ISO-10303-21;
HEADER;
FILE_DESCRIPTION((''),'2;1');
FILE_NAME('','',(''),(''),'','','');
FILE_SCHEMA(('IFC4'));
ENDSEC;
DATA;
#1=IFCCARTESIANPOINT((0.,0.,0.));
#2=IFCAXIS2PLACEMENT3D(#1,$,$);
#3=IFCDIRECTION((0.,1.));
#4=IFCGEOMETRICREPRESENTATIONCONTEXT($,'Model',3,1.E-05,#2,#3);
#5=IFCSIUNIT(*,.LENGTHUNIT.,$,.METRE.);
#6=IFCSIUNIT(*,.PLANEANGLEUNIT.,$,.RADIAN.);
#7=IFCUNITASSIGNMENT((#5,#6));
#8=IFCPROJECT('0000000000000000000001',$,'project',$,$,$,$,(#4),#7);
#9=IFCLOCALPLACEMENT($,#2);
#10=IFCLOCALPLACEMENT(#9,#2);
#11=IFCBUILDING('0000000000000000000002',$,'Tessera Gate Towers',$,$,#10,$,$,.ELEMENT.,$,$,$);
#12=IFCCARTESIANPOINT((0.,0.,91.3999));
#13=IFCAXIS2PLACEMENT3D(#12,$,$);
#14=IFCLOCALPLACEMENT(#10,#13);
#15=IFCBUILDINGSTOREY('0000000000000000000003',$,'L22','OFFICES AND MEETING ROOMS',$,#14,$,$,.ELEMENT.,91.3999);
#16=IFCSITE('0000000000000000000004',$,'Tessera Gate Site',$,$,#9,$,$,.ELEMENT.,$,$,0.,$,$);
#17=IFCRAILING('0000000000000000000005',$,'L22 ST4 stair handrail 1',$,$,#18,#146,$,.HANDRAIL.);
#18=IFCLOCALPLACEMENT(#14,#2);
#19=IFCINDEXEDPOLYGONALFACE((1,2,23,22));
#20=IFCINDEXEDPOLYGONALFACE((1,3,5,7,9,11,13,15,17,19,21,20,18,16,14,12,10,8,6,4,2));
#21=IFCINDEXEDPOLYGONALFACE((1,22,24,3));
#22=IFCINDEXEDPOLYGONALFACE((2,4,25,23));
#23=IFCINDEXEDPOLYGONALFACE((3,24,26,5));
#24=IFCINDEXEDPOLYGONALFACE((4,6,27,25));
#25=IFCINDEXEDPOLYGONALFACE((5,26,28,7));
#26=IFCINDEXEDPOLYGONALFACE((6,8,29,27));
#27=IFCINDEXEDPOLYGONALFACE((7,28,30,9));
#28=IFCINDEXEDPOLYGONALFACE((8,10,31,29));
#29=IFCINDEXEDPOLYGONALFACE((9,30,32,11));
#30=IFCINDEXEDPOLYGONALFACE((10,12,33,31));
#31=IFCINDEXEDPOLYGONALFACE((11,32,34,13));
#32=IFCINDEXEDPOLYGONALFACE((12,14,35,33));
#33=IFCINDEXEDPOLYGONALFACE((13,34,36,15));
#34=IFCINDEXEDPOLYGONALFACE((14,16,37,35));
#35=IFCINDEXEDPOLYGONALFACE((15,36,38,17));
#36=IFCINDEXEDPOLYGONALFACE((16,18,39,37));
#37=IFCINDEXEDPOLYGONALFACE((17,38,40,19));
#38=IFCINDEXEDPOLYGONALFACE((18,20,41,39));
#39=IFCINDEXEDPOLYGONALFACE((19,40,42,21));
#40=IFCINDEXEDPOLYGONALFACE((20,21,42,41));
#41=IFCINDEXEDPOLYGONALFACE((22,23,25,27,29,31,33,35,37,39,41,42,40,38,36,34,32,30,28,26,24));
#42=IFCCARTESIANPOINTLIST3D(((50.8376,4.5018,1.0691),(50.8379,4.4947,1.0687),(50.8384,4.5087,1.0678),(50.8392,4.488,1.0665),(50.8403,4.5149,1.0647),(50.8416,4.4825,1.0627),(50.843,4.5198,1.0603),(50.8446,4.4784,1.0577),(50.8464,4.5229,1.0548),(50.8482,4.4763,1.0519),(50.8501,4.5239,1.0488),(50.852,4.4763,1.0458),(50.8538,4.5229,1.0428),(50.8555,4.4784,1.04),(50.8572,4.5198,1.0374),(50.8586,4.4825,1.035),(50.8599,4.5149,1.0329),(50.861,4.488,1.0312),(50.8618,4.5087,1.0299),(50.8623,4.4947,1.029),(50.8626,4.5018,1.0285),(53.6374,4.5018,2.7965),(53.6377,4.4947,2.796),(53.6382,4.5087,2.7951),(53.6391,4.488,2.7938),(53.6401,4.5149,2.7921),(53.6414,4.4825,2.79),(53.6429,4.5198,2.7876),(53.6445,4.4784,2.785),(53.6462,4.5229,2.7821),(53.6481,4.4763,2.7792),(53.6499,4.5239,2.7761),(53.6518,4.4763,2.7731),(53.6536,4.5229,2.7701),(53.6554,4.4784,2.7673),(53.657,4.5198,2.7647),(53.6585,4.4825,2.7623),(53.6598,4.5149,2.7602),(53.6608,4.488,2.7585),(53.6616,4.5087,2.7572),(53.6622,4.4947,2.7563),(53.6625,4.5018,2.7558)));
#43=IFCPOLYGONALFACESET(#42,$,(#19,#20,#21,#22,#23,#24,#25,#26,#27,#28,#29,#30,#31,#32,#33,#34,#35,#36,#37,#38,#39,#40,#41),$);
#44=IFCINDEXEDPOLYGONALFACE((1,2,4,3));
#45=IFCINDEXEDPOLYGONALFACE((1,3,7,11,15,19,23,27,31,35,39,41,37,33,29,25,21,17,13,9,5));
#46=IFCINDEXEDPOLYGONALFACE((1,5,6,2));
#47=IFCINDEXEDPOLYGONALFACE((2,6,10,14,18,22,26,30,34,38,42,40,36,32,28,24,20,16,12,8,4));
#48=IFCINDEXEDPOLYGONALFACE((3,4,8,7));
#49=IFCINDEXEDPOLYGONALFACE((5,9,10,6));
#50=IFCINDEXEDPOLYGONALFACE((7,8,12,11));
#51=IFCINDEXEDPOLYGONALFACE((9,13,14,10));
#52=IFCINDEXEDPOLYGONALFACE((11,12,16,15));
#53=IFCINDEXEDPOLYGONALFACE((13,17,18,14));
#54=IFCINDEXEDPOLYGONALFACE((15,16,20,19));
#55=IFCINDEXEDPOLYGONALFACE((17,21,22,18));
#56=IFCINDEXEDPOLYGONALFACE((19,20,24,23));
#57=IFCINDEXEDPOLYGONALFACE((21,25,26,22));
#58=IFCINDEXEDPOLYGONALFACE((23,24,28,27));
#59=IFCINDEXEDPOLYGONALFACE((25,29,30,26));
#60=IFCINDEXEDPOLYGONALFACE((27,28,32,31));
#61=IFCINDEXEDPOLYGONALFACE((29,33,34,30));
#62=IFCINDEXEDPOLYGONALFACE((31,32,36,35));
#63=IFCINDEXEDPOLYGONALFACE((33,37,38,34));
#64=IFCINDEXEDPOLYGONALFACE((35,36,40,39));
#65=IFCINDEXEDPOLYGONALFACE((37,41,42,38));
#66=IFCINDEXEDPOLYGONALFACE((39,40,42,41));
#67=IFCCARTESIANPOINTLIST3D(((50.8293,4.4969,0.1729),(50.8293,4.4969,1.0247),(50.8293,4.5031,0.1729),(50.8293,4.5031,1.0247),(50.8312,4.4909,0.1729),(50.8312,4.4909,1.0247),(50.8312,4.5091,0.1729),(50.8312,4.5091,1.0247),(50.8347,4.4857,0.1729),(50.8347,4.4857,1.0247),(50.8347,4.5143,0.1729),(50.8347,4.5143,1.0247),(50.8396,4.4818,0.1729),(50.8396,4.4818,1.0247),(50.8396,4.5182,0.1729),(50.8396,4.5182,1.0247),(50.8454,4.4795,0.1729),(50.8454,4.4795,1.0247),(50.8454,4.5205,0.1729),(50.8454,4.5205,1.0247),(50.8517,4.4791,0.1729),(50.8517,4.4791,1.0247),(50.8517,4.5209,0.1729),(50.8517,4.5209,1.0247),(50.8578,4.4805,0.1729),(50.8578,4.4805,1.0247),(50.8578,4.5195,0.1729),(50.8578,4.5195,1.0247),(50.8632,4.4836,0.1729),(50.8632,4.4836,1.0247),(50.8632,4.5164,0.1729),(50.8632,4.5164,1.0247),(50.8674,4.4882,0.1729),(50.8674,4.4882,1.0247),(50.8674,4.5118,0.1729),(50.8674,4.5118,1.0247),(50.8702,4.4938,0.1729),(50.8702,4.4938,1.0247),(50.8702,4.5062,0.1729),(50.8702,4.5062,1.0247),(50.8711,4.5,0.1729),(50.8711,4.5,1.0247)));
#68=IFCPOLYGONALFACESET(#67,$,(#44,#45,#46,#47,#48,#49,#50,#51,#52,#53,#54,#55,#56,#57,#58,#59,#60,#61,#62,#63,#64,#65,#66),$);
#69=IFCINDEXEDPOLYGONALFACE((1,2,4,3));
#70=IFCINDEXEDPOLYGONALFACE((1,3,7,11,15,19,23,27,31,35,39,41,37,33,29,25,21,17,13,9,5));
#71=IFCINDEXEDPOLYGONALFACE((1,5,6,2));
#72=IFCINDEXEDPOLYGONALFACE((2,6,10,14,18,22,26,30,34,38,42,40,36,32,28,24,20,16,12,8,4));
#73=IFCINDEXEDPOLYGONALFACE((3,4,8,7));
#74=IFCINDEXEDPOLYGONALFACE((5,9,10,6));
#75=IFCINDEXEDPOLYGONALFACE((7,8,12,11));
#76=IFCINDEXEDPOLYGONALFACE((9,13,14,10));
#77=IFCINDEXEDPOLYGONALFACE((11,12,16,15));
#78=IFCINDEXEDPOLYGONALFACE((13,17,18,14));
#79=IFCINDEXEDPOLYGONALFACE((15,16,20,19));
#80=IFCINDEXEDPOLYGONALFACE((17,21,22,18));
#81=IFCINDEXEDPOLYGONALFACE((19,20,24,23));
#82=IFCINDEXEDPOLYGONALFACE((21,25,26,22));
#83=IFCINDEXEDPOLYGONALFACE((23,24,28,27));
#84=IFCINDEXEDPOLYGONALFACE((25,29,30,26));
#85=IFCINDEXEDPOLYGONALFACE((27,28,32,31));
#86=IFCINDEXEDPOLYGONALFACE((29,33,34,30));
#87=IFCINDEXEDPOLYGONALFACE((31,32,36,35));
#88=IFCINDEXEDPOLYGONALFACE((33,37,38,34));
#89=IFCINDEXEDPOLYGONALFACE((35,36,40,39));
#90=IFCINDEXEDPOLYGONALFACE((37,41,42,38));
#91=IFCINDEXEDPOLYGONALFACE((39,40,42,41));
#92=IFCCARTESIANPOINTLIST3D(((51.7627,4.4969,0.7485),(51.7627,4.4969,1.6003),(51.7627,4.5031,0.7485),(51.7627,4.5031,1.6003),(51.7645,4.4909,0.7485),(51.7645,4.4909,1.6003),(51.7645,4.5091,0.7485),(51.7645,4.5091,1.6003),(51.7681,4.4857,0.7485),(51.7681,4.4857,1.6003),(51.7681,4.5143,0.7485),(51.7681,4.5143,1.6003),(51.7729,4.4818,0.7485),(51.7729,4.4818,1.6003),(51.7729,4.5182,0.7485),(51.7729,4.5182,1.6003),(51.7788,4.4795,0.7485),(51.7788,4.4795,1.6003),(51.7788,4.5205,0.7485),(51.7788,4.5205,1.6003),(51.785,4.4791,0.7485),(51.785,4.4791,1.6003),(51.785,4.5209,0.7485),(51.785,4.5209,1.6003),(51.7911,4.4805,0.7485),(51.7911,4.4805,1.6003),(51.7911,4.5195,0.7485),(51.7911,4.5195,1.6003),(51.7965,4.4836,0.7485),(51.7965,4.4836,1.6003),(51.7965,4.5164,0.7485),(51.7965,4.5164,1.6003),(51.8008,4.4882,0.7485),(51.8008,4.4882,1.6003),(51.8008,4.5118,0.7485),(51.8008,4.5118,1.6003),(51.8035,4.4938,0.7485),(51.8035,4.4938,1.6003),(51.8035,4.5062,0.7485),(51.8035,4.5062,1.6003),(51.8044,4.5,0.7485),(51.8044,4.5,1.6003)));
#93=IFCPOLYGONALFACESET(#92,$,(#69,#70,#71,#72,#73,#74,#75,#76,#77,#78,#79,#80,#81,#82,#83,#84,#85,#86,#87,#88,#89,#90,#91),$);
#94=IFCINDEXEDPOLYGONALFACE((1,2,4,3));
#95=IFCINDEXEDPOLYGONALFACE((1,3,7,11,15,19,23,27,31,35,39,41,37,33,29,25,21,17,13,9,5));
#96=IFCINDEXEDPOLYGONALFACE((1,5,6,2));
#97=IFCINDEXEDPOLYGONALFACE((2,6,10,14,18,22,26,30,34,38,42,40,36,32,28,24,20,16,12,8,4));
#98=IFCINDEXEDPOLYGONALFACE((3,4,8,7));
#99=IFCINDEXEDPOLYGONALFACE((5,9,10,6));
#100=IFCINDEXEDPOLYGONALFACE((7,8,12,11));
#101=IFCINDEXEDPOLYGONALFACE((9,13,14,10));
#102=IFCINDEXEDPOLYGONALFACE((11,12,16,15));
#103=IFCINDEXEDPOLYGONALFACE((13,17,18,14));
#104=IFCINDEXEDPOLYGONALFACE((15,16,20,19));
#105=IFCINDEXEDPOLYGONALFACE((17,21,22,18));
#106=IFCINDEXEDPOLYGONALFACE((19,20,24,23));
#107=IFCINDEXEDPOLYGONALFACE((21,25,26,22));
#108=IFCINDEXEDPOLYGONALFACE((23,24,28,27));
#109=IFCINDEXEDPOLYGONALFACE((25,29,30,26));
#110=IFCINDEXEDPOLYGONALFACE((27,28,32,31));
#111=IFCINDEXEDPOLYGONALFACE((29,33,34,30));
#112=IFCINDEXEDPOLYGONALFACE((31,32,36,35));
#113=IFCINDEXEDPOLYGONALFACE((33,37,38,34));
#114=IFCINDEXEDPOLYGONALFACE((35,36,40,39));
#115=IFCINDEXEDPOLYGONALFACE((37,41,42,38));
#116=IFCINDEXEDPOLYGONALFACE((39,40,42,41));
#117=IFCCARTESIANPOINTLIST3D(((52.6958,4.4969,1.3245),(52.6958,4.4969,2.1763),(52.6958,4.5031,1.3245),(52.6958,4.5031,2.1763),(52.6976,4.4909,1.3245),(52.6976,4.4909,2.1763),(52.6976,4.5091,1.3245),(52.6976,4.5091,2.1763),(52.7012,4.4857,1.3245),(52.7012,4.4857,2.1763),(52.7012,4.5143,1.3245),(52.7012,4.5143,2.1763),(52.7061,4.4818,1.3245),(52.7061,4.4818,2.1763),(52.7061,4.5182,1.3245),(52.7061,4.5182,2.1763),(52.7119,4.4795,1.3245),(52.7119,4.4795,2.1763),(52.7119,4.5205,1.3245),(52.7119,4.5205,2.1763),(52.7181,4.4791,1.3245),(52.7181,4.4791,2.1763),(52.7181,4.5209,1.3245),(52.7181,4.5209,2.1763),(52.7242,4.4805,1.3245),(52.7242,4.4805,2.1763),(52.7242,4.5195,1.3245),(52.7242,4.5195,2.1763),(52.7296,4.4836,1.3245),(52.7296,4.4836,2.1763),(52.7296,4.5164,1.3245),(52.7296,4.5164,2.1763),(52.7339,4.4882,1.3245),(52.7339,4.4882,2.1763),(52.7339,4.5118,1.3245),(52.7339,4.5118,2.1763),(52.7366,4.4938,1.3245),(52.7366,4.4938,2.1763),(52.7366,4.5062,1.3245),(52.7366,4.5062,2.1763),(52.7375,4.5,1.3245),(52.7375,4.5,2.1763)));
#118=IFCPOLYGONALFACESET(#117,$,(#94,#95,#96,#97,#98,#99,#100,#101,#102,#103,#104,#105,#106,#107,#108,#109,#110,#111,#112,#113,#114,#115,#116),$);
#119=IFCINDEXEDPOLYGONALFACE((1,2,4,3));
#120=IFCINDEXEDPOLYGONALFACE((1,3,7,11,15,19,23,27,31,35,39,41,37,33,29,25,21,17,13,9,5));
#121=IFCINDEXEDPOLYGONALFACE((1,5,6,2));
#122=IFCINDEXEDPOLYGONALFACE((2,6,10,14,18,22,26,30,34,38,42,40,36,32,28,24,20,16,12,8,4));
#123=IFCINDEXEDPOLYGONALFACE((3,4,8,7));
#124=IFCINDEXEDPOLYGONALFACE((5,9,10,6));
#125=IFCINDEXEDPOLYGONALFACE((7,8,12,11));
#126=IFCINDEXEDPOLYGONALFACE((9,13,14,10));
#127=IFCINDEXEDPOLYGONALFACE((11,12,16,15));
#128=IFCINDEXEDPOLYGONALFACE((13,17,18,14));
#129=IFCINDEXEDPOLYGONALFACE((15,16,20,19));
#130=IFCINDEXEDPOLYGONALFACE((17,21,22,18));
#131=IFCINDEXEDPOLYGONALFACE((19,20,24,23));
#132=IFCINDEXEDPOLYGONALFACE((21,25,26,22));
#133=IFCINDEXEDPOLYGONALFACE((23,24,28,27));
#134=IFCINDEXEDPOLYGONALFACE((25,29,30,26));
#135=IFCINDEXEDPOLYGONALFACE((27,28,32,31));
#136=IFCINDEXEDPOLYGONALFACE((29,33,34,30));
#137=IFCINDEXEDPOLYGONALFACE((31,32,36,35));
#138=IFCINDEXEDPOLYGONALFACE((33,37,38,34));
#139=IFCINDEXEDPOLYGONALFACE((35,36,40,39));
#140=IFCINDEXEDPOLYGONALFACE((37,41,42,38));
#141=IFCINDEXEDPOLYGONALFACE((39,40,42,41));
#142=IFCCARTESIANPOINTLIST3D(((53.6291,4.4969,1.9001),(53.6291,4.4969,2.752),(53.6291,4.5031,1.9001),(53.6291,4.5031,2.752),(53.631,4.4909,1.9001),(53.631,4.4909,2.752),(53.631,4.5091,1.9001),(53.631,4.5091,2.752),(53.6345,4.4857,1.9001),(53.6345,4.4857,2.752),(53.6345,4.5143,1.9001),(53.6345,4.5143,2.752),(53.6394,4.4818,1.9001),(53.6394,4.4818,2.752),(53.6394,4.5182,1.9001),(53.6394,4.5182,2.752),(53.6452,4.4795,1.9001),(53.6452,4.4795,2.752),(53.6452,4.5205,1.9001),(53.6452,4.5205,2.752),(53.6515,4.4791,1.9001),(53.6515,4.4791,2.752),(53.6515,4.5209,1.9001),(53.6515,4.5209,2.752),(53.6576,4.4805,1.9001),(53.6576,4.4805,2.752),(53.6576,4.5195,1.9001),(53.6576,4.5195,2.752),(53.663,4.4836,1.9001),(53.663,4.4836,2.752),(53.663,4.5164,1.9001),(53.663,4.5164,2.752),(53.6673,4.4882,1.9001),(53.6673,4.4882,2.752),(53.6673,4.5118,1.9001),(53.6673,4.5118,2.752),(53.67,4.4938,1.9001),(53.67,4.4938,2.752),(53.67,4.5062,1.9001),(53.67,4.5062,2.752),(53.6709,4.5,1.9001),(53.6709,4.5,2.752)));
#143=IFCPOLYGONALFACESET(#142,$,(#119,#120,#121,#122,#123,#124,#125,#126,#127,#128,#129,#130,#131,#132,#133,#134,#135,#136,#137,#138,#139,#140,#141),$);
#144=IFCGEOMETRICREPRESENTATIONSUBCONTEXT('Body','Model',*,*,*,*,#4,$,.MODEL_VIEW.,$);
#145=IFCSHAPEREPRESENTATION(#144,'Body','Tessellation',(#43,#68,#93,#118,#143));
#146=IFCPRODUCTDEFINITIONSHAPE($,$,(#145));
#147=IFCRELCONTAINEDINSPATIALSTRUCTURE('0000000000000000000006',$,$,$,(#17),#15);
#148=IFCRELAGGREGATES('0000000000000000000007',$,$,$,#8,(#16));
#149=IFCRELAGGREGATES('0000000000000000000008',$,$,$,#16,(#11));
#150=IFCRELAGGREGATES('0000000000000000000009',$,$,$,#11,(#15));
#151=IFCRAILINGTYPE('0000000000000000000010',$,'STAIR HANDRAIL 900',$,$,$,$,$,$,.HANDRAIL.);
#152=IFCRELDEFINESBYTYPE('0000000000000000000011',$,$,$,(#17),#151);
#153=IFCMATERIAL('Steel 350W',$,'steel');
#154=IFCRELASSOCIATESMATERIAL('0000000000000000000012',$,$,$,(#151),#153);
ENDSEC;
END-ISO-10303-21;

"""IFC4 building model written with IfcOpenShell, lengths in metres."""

from ifc_helpers import new_model, si_unit, direction, frame, origin, origin_2d, place, context, subcontext, project, spatial, circle, extrude, material, type_object, element, save


model = new_model("IFC4")

# Units and contexts
model_context = context("Model", 3, precision=1e-05, world=origin(), true_north=direction((0.0, 1.0)))
body_context = subcontext(model_context, "Body", "Model", "MODEL_VIEW")
ifc_project = project(units=[si_unit("LENGTHUNIT", "METRE"), si_unit("PLANEANGLEUNIT", "RADIAN")], contexts=[model_context])

# Site, building, storey
site_placement = place(None, origin())
site = spatial("IfcSite", under=ifc_project, at=site_placement, Name="Tessera Gate Site", CompositionType="ELEMENT", RefElevation=0.0)
building_placement = place(site_placement, origin())
building = spatial("IfcBuilding", under=site, at=building_placement, Name="Tessera Gate Towers", CompositionType="ELEMENT")
storey_placement = place(building_placement, frame((0.0, 0.0, 91.3999)))
storey = spatial("IfcBuildingStorey", under=building, at=storey_placement, Name="L22", Description="OFFICES AND MEETING ROOMS", CompositionType="ELEMENT", Elevation=91.3999)

# Railing
ifc_material_1 = material(Name="Steel 350W", Category="steel")
railing_type_1 = type_object("IfcRailingType", Name="STAIR HANDRAIL 900", PredefinedType="HANDRAIL", material=ifc_material_1)
railing_1_placement = place(storey_placement, frame((50.8501, 4.5, 0.1729)))
element("IfcRailing", 1, at=railing_1_placement, inside=storey, type_object=railing_type_1, Name="L22 ST4 stair handrail 1", PredefinedType="HANDRAIL", context=body_context, shape_type="SweptSolid", body=[
    extrude(circle(Radius=0.0239, at=origin_2d()), frame((0.0, 0.0, 0.876), z_axis=(0.851069, 0.0, 0.525054), x_axis=(0.0, 1.0, 0.0)), (0.0, 0.0, 1.0), 3.2898),
    extrude(circle(Radius=0.021, at=origin_2d()), origin(), (0.0, 0.0, 1.0), 0.8518),
    extrude(circle(Radius=0.021, at=origin_2d()), frame((0.9333, 0.0, 0.5757)), (0.0, 0.0, 1.0), 0.8518),
    extrude(circle(Radius=0.021, at=origin_2d()), frame((1.8665, 0.0, 1.1516)), (0.0, 0.0, 1.0), 0.8518),
    extrude(circle(Radius=0.021, at=origin_2d()), frame((2.7998, 0.0, 1.7273)), (0.0, 0.0, 1.0), 0.8518),
])

save(model, "model.ifc")
